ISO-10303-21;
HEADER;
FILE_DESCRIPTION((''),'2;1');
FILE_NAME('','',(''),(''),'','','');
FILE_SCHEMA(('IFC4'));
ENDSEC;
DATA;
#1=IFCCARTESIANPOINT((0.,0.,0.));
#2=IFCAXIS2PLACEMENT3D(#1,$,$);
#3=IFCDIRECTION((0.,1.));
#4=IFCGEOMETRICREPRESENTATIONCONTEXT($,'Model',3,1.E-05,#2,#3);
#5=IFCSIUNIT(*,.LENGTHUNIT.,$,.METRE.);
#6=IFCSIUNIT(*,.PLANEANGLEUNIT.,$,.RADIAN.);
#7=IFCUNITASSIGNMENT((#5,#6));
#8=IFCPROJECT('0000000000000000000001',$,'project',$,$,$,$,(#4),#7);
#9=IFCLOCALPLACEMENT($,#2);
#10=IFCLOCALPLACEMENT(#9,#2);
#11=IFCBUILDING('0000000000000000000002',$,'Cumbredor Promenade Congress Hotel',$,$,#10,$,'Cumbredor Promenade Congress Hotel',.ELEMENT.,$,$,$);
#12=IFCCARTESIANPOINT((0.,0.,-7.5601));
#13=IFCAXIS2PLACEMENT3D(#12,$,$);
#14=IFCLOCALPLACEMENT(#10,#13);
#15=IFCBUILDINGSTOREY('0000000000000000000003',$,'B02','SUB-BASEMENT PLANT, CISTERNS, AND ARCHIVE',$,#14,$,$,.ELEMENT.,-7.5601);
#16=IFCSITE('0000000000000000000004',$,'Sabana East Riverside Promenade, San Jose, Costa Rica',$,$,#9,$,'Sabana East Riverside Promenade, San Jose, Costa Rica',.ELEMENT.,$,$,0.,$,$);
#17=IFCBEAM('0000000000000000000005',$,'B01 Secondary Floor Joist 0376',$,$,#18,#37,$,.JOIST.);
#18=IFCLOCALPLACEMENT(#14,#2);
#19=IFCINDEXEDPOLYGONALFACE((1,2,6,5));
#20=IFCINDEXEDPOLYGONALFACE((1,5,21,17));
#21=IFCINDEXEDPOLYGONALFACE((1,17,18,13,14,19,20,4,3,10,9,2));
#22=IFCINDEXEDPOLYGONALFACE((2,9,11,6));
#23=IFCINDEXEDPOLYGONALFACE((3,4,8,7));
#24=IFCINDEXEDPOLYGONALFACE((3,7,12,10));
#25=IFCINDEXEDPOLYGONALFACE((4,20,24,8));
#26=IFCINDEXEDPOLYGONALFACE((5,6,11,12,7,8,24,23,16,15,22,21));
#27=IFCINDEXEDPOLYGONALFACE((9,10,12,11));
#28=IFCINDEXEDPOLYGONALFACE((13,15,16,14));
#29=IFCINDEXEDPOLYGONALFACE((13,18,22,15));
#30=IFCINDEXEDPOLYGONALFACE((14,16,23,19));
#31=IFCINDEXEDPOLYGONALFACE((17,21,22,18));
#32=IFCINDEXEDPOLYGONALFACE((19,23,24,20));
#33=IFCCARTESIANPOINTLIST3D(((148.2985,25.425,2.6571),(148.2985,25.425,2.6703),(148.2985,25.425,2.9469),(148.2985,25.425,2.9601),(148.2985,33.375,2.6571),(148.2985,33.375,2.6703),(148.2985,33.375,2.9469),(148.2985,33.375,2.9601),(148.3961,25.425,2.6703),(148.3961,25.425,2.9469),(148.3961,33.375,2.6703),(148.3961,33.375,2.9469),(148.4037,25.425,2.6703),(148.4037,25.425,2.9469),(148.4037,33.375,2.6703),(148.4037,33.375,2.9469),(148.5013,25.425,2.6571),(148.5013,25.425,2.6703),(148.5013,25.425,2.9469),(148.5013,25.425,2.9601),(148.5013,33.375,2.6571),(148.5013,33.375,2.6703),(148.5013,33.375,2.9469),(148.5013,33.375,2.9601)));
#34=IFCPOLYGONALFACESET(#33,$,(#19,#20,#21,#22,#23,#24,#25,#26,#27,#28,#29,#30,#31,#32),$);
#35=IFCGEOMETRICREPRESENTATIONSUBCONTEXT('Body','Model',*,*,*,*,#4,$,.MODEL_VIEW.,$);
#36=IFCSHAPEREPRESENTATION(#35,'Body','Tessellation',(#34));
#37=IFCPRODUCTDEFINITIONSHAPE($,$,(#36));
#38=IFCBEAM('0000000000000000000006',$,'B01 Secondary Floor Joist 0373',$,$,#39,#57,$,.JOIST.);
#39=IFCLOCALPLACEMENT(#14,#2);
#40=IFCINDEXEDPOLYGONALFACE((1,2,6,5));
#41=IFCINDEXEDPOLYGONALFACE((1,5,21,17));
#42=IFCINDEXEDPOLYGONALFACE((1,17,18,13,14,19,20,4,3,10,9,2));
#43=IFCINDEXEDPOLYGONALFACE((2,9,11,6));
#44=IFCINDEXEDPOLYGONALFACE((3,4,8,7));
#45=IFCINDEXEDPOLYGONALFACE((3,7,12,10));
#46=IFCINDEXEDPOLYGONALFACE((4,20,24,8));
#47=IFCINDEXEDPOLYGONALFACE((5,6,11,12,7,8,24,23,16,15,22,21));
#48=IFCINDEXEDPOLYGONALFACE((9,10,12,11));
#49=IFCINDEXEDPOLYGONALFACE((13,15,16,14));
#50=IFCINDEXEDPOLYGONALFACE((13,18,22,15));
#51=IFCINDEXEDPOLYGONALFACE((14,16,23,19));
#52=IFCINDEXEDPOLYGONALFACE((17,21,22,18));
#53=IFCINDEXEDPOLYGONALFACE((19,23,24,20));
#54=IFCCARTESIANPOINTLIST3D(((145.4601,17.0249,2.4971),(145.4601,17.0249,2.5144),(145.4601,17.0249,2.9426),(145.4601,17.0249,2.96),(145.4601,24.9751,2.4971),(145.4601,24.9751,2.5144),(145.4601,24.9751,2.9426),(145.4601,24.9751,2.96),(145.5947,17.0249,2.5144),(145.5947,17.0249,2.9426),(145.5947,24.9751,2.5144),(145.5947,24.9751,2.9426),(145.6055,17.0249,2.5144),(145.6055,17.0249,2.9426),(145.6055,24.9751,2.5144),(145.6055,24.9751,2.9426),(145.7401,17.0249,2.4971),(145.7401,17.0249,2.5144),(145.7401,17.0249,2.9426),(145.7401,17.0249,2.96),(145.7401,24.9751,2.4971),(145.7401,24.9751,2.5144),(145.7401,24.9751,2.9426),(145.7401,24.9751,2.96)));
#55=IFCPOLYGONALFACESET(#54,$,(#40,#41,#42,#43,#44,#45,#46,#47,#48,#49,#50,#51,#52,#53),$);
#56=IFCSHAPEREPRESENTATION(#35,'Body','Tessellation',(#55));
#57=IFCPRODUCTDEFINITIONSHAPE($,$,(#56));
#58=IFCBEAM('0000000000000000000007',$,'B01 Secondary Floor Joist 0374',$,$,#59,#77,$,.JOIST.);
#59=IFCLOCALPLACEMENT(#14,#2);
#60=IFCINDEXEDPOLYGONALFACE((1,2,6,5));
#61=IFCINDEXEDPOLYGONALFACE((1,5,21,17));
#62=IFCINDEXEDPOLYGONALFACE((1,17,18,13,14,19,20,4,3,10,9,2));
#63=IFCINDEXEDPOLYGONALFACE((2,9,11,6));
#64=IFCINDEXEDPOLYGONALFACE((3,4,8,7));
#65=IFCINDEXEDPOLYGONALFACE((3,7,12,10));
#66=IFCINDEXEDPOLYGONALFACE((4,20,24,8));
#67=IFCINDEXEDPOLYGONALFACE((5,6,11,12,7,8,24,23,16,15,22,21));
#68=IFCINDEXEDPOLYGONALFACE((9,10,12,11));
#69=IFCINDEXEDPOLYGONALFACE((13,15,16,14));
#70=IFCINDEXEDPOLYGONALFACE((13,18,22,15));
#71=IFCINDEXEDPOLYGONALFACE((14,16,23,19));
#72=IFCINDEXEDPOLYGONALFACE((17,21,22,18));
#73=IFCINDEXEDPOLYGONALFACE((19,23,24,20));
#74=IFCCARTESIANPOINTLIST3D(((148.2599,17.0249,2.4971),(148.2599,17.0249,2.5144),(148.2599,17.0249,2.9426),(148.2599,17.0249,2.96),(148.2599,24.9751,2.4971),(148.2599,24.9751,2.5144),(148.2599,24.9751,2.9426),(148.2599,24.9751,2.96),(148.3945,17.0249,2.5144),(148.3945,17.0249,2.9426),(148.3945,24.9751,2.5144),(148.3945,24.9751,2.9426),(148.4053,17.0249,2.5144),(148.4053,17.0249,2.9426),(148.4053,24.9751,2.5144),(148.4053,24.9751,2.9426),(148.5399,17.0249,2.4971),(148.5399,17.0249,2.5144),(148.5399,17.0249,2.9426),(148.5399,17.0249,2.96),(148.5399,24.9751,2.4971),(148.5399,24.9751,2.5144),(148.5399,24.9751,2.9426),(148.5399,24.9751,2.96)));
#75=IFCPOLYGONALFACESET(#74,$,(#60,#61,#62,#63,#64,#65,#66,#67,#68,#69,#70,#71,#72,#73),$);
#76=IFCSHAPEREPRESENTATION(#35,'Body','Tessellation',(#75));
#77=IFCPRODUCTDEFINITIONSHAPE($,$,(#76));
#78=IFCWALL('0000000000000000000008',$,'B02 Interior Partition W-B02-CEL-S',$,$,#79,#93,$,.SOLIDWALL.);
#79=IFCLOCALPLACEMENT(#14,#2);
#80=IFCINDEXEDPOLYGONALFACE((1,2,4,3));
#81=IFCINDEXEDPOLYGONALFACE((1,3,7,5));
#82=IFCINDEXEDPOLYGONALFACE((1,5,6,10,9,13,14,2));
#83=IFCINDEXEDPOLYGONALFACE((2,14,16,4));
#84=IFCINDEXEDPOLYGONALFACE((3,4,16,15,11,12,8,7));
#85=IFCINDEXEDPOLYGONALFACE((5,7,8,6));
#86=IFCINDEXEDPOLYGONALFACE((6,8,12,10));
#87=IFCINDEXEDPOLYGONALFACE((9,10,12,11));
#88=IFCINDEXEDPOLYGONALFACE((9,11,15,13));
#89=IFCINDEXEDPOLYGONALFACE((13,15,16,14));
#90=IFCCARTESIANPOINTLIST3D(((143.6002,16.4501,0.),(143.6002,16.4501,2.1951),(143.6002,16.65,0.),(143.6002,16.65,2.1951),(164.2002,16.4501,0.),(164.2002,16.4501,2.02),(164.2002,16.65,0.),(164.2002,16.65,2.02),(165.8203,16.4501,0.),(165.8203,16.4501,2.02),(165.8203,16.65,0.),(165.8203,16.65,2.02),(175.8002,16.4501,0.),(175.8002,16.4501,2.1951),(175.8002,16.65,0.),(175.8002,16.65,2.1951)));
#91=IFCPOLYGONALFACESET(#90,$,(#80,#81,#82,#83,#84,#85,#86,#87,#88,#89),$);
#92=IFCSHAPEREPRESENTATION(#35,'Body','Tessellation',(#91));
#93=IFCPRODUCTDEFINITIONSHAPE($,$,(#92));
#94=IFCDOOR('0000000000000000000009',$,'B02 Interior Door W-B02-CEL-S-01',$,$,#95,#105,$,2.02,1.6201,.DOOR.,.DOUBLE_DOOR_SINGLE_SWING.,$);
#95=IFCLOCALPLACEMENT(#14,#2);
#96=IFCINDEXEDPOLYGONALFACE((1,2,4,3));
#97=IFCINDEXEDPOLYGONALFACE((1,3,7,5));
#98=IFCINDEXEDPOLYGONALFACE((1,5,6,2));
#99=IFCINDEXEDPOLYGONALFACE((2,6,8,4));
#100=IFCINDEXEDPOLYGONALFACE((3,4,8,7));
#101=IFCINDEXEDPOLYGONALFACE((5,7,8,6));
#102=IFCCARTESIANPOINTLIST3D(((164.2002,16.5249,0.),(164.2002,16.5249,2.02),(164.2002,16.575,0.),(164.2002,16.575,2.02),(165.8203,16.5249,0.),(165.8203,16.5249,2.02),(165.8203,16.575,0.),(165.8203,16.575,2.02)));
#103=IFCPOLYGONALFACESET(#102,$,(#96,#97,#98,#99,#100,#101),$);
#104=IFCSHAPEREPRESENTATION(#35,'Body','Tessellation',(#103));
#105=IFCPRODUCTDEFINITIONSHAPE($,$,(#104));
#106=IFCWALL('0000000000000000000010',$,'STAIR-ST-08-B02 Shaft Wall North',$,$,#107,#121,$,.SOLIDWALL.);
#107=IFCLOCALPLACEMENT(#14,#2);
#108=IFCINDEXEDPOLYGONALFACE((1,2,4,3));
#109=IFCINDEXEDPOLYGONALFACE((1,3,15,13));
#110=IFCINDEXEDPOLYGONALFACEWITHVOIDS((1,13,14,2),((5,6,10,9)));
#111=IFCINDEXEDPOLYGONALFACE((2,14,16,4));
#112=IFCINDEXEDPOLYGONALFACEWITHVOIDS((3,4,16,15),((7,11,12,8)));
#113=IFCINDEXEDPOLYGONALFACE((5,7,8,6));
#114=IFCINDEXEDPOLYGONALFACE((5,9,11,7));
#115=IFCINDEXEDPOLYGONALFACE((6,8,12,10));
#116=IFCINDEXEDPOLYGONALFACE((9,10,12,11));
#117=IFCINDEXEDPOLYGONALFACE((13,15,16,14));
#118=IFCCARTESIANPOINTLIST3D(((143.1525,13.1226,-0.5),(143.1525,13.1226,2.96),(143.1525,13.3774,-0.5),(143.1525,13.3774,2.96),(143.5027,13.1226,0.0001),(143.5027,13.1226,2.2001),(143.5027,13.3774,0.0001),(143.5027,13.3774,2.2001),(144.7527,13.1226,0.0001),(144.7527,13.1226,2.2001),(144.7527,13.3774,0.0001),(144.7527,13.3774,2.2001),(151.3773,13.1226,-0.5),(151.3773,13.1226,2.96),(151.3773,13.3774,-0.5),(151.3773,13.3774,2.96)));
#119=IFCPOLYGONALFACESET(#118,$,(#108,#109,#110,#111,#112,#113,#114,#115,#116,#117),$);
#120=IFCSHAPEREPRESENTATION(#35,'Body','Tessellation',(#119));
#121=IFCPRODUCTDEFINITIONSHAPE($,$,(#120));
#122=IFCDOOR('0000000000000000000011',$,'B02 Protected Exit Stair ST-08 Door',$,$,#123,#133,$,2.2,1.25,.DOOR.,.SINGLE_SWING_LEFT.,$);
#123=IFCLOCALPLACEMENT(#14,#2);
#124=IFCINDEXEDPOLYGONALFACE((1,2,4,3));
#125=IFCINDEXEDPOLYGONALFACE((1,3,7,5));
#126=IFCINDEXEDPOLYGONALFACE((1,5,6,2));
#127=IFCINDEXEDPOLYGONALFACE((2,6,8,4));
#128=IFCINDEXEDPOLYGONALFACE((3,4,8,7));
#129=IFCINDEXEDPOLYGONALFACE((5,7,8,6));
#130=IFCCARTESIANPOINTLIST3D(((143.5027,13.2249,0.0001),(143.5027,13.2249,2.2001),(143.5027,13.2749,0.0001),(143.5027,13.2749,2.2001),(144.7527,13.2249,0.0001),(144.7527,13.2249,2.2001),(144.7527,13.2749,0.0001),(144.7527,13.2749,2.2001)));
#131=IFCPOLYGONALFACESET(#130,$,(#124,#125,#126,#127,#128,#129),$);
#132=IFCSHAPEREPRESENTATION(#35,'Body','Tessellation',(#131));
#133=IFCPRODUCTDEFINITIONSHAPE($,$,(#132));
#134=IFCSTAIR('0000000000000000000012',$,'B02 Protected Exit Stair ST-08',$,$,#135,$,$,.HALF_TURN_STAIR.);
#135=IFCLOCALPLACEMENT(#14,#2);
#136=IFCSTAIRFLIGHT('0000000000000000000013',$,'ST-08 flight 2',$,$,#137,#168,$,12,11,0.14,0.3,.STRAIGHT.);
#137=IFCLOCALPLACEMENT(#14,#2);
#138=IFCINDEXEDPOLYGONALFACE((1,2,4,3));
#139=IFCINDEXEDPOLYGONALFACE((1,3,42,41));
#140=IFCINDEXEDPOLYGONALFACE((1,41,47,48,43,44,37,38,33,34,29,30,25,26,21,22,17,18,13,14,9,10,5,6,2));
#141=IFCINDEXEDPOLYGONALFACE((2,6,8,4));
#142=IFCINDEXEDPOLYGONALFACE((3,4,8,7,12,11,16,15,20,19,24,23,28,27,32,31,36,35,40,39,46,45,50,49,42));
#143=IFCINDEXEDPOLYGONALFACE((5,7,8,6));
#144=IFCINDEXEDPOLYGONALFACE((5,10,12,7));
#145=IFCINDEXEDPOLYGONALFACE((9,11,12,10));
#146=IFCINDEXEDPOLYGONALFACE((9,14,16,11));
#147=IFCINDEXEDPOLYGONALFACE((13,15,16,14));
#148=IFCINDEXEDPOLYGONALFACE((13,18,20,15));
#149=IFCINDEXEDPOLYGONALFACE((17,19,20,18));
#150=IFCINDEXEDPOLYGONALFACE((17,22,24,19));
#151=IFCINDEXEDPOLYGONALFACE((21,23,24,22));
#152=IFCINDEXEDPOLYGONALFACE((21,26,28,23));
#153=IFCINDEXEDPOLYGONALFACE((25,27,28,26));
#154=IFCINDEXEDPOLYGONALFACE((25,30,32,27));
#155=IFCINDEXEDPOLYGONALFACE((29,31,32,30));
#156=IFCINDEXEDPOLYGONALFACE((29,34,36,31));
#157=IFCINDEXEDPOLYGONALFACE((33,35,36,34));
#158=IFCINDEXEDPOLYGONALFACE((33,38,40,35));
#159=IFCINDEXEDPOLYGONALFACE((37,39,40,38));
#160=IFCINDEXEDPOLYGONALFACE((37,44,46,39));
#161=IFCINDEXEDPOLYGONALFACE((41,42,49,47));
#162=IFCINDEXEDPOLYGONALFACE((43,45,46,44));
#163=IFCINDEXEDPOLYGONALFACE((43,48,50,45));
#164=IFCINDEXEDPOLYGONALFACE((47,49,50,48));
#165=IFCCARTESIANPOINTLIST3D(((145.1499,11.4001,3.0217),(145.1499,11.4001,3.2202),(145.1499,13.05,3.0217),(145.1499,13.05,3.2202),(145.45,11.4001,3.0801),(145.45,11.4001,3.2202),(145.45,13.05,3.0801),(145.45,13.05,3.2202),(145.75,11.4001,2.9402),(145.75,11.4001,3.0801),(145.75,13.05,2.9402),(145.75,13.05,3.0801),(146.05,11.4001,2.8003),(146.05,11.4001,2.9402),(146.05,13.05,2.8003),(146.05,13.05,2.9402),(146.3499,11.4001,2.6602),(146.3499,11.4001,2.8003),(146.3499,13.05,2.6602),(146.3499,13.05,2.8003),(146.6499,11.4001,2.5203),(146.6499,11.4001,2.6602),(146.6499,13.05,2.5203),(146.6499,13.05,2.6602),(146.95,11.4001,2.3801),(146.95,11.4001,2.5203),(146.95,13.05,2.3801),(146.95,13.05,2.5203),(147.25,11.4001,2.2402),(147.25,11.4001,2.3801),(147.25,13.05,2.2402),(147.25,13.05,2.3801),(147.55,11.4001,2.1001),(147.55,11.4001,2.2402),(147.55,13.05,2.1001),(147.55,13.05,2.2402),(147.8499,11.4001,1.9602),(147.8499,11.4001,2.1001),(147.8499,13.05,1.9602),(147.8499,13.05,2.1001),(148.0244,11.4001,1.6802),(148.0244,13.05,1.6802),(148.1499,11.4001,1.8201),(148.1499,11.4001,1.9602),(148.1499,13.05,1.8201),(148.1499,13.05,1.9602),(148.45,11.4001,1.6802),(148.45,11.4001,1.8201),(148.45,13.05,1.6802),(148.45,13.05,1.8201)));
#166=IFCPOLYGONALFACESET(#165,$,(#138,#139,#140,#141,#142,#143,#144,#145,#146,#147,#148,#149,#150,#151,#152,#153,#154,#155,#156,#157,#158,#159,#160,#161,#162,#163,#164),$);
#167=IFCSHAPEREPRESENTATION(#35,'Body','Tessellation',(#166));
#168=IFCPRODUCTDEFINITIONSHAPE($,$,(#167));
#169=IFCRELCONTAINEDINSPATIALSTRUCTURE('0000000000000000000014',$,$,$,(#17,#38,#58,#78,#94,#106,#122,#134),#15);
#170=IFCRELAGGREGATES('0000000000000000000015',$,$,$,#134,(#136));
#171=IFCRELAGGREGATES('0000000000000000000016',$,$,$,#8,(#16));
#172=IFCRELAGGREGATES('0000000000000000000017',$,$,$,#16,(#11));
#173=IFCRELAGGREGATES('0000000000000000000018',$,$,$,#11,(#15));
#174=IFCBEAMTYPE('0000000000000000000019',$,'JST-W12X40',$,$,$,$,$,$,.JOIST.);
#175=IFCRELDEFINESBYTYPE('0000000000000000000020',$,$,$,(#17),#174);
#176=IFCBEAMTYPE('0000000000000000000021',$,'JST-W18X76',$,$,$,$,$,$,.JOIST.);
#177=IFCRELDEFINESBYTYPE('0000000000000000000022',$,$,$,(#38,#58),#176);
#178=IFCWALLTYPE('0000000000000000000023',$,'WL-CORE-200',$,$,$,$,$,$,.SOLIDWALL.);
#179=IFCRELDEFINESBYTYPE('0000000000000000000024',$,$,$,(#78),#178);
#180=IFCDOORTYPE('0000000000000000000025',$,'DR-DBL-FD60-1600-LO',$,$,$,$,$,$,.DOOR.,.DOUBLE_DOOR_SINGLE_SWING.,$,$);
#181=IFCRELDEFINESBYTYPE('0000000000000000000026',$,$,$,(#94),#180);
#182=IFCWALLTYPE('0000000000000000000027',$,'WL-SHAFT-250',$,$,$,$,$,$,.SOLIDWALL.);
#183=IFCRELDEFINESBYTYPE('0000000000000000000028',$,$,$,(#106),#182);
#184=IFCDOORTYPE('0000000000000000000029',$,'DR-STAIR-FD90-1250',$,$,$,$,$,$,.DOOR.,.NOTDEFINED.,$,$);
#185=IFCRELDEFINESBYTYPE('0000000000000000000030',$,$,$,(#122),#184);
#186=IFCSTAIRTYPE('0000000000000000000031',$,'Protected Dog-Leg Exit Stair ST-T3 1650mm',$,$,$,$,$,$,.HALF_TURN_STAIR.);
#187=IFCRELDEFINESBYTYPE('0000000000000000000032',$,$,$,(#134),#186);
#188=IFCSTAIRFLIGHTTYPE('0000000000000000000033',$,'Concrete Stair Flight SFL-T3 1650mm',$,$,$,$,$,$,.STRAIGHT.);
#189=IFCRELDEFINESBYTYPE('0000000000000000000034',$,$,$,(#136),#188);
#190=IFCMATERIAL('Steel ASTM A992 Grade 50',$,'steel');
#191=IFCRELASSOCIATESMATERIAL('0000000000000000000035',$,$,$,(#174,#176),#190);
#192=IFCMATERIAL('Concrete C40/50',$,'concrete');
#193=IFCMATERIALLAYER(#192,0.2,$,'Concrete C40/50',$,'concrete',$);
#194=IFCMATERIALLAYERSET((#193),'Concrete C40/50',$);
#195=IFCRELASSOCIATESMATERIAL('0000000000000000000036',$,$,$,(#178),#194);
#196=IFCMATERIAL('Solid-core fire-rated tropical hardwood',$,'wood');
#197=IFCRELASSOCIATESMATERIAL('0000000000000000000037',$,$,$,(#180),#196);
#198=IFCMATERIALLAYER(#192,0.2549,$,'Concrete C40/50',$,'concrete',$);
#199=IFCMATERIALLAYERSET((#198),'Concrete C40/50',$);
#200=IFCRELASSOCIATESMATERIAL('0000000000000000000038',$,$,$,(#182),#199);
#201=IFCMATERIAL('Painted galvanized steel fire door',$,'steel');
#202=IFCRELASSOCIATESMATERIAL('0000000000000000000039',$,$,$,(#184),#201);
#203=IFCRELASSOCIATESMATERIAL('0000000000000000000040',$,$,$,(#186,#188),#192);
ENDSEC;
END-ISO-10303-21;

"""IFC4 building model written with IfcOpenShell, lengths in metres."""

from ifc_helpers import new_model, si_unit, direction, frame, frame_2d, origin, origin_2d, place, context, subcontext, project, spatial, polyline, rectangle, i_section, outline, extrude, material, layer, layer_set, material_profile, profile_set, type_object, element, fill, aggregate, save


model = new_model("IFC4")

# Units and contexts
model_context = context("Model", 3, precision=1e-05, world=origin(), true_north=direction((0.0, 1.0)))
body_context = subcontext(model_context, "Body", "Model", "MODEL_VIEW")
ifc_project = project(units=[si_unit("LENGTHUNIT", "METRE"), si_unit("PLANEANGLEUNIT", "RADIAN")], contexts=[model_context])

# Site, building, storey
site_placement = place(None, origin())
site = spatial("IfcSite", under=ifc_project, at=site_placement, Name="Sabana East Riverside Promenade, San Jose, Costa Rica", LongName="Sabana East Riverside Promenade, San Jose, Costa Rica", CompositionType="ELEMENT", RefElevation=0.0)
building_placement = place(site_placement, origin())
building = spatial("IfcBuilding", under=site, at=building_placement, Name="Cumbredor Promenade Congress Hotel", LongName="Cumbredor Promenade Congress Hotel", CompositionType="ELEMENT")
storey_placement = place(building_placement, frame((0.0, 0.0, -7.5601)))
storey = spatial("IfcBuildingStorey", under=building, at=storey_placement, Name="B02", Description="SUB-BASEMENT PLANT, CISTERNS, AND ARCHIVE", CompositionType="ELEMENT", Elevation=-7.5601)

# Shared definitions
ifc_material_1 = material(Name="Concrete C40/50", Category="concrete")

# Beams
ifc_material_2 = material(Name="Steel ASTM A992 Grade 50", Category="steel")
ifc_material_profile_1 = material_profile(ifc_material_2, i_section(OverallWidth=0.2029, OverallDepth=0.303, WebThickness=0.0076, FlangeThickness=0.0132, at=origin_2d()), Name="W12X40")
ifc_profile_set_1 = profile_set([ifc_material_profile_1], Name="Steel ASTM A992 Grade 50")
beam_type_1 = type_object("IfcBeamType", Name="JST-W12X40", PredefinedType="JOIST", material=ifc_profile_set_1)
for number, where, z_axis, x_axis, name in (
    (1, (148.3999, 25.425, 2.8086), (0.0, 1.0, 0.0), (-1.0, 0.0, 0.0), "B01 Secondary Floor Joist 0376"),
):
    element("IfcBeam", number, at=place(storey_placement, frame(where, z_axis=z_axis, x_axis=x_axis)), inside=storey, type_object=beam_type_1, Name=name, PredefinedType="JOIST", context=body_context, shape_type="SweptSolid", body=[
        extrude(i_section(OverallWidth=0.2029, OverallDepth=0.303, WebThickness=0.0076, FlangeThickness=0.0132, at=origin_2d()), origin(), (0.0, 0.0, 1.0), 7.95),
    ])
ifc_material_profile_2 = material_profile(ifc_material_2, i_section(OverallWidth=0.28, OverallDepth=0.4629, WebThickness=0.0107, FlangeThickness=0.0173, at=origin_2d()), Name="W18X76")
ifc_profile_set_2 = profile_set([ifc_material_profile_2], Name="Steel ASTM A992 Grade 50")
beam_type_2 = type_object("IfcBeamType", Name="JST-W18X76", PredefinedType="JOIST", material=ifc_profile_set_2)
for number, where, z_axis, x_axis, name in (
    (2, (145.6001, 17.0249, 2.7285), (0.0, 1.0, 0.0), (-1.0, 0.0, 0.0), "B01 Secondary Floor Joist 0373"),
    (3, (148.3999, 17.0249, 2.7285), (0.0, 1.0, 0.0), (-1.0, 0.0, 0.0), "B01 Secondary Floor Joist 0374"),
):
    element("IfcBeam", number, at=place(storey_placement, frame(where, z_axis=z_axis, x_axis=x_axis)), inside=storey, type_object=beam_type_2, Name=name, PredefinedType="JOIST", context=body_context, shape_type="SweptSolid", body=[
        extrude(i_section(OverallWidth=0.28, OverallDepth=0.4629, WebThickness=0.0107, FlangeThickness=0.0173, at=origin_2d()), origin(), (0.0, 0.0, 1.0), 7.9502),
    ])

# Walls, openings, doors
ifc_layer_1 = layer(ifc_material_1, 0.2, Name="Concrete C40/50", Category="concrete")
ifc_layer_set_1 = layer_set([ifc_layer_1], Name="Concrete C40/50")
wall_type_1 = type_object("IfcWallType", Name="WL-CORE-200", PredefinedType="SOLIDWALL", material=ifc_layer_set_1)
wall_1_placement = place(storey_placement, frame((143.6001, 16.55, 0.0), z_axis=(0.0, 0.0, 1.0), x_axis=(1.0, 0.0, 0.0)))
wall_1 = element("IfcWall", 4, at=wall_1_placement, inside=storey, type_object=wall_type_1, Name="B02 Interior Partition W-B02-CEL-S", PredefinedType="SOLIDWALL", context=body_context, shape_type="SweptSolid", body=[
    extrude(rectangle(XDim=32.2, YDim=0.2, at=frame_2d((16.1001, 0.0))), origin(), (0.0, 0.0, 1.0), 2.1951),
])
opening_1_placement = place(wall_1_placement, frame((20.6001, 0.0, 0.0)))
opening_1 = element("IfcOpeningElement", 5, at=opening_1_placement, cuts=wall_1, PredefinedType="OPENING", context=body_context, shape_type="SweptSolid", body=[
    extrude(rectangle(XDim=1.6201, YDim=2.02, at=frame_2d((0.8101, 1.01))), frame((0.0, 0.1099, 0.0), z_axis=(0.0, -1.0, 0.0), x_axis=(1.0, 0.0, 0.0)), (0.0, 0.0, 1.0), 0.22),
])
ifc_material_3 = material(Name="Solid-core fire-rated tropical hardwood", Category="wood")
door_type_1 = type_object("IfcDoorType", Name="DR-DBL-FD60-1600-LO", OperationType="DOUBLE_DOOR_SINGLE_SWING", PredefinedType="DOOR", material=ifc_material_3)
door_1_placement = place(opening_1_placement, origin())
door_1 = element("IfcDoor", 6, at=door_1_placement, inside=storey, type_object=door_type_1, Name="B02 Interior Door W-B02-CEL-S-01", OperationType="DOUBLE_DOOR_SINGLE_SWING", OverallHeight=2.02, OverallWidth=1.6201, PredefinedType="DOOR", context=body_context, shape_type="SweptSolid", body=[
    extrude(rectangle(XDim=1.6201, YDim=2.02, at=frame_2d((0.8101, 1.01))), frame((0.0, 0.0249, 0.0), z_axis=(0.0, -1.0, 0.0), x_axis=(1.0, 0.0, 0.0)), (0.0, 0.0, 1.0), 0.05),
])
fill(opening_1, door_1)
ifc_layer_2 = layer(ifc_material_1, 0.2549, Name="Concrete C40/50", Category="concrete")
ifc_layer_set_2 = layer_set([ifc_layer_2], Name="Concrete C40/50")
wall_type_2 = type_object("IfcWallType", Name="WL-SHAFT-250", PredefinedType="SOLIDWALL", material=ifc_layer_set_2)
wall_2_placement = place(storey_placement, frame((143.1526, 13.25, -0.5), z_axis=(0.0, 0.0, 1.0), x_axis=(1.0, 0.0, 0.0)))
wall_2 = element("IfcWall", 7, at=wall_2_placement, inside=storey, type_object=wall_type_2, Name="STAIR-ST-08-B02 Shaft Wall North", PredefinedType="SOLIDWALL", context=body_context, shape_type="SweptSolid", body=[
    extrude(rectangle(XDim=8.2249, YDim=0.2549, at=frame_2d((4.1123, 0.0))), origin(), (0.0, 0.0, 1.0), 3.46),
])
opening_2_placement = place(wall_2_placement, frame((0.3501, 0.0, 0.5)))
opening_2 = element("IfcOpeningElement", 8, at=opening_2_placement, cuts=wall_2, PredefinedType="OPENING", context=body_context, shape_type="SweptSolid", body=[
    extrude(rectangle(XDim=1.25, YDim=2.2, at=frame_2d((0.625, 1.1001))), frame((0.0, 0.1375, 0.0), z_axis=(0.0, -1.0, 0.0), x_axis=(1.0, 0.0, 0.0)), (0.0, 0.0, 1.0), 0.2749),
])
ifc_material_4 = material(Name="Painted galvanized steel fire door", Category="steel")
door_type_2 = type_object("IfcDoorType", Name="DR-STAIR-FD90-1250", OperationType="NOTDEFINED", PredefinedType="DOOR", material=ifc_material_4)
door_2_placement = place(opening_2_placement, origin())
door_2 = element("IfcDoor", 9, at=door_2_placement, inside=storey, type_object=door_type_2, Name="B02 Protected Exit Stair ST-08 Door", OperationType="SINGLE_SWING_LEFT", OverallHeight=2.2, OverallWidth=1.25, PredefinedType="DOOR", context=body_context, shape_type="SweptSolid", body=[
    extrude(rectangle(XDim=1.25, YDim=2.2, at=frame_2d((0.625, 1.1001))), frame((0.0, 0.0249, 0.0), z_axis=(0.0, -1.0, 0.0), x_axis=(1.0, 0.0, 0.0)), (0.0, 0.0, 1.0), 0.05),
])
fill(opening_2, door_2)

# Stair, stair flight
stair_type = type_object("IfcStairType", Name="Protected Dog-Leg Exit Stair ST-T3 1650mm", PredefinedType="HALF_TURN_STAIR", material=ifc_material_1)
stair_placement = place(storey_placement, origin())
stair = element("IfcStair", 10, at=stair_placement, inside=storey, type_object=stair_type, Name="B02 Protected Exit Stair ST-08", PredefinedType="HALF_TURN_STAIR")
stair_flight_type = type_object("IfcStairFlightType", Name="Concrete Stair Flight SFL-T3 1650mm", PredefinedType="STRAIGHT", material=ifc_material_1)
stair_flight_placement = place(storey_placement, frame((148.45, 12.2251, 1.6802), z_axis=(0.0, 0.0, 1.0), x_axis=(-1.0, 0.0, 0.0)))
stair_flight = element("IfcStairFlight", 11, at=stair_flight_placement, type_object=stair_flight_type, Name="ST-08 flight 2", NumberOfRisers=12, NumberOfTreads=11, PredefinedType="STRAIGHT", RiserHeight=0.14, TreadLength=0.3, context=body_context, shape_type="SweptSolid", body=[
    extrude(outline(polyline([(0.0, 0.0), (0.0, 0.1399), (0.3, 0.1399), (0.3, 0.28), (0.6001, 0.28), (0.6001, 0.4199), (0.8999, 0.4199), (0.8999, 0.5601), (1.2, 0.5601), (1.2, 0.7), (1.5, 0.7), (1.5, 0.8401), (1.8, 0.8401), (1.8, 0.98), (2.1001, 0.98), (2.1001, 1.1201), (2.3999, 1.1201), (2.3999, 1.26), (2.7, 1.26), (2.7, 1.3999), (3.0, 1.3999), (3.0, 1.54), (3.3, 1.54), (3.3, 1.6799), (3.3, 1.3416), (0.4255, 0.0), (0.0, 0.0)])), frame((0.0, 0.825, 0.0), z_axis=(0.0, -1.0, 0.0), x_axis=(1.0, 0.0, 0.0)), (0.0, 0.0, 1.0), 1.6499),
])
aggregate(stair, [stair_flight])

save(model, "model.ifc")
